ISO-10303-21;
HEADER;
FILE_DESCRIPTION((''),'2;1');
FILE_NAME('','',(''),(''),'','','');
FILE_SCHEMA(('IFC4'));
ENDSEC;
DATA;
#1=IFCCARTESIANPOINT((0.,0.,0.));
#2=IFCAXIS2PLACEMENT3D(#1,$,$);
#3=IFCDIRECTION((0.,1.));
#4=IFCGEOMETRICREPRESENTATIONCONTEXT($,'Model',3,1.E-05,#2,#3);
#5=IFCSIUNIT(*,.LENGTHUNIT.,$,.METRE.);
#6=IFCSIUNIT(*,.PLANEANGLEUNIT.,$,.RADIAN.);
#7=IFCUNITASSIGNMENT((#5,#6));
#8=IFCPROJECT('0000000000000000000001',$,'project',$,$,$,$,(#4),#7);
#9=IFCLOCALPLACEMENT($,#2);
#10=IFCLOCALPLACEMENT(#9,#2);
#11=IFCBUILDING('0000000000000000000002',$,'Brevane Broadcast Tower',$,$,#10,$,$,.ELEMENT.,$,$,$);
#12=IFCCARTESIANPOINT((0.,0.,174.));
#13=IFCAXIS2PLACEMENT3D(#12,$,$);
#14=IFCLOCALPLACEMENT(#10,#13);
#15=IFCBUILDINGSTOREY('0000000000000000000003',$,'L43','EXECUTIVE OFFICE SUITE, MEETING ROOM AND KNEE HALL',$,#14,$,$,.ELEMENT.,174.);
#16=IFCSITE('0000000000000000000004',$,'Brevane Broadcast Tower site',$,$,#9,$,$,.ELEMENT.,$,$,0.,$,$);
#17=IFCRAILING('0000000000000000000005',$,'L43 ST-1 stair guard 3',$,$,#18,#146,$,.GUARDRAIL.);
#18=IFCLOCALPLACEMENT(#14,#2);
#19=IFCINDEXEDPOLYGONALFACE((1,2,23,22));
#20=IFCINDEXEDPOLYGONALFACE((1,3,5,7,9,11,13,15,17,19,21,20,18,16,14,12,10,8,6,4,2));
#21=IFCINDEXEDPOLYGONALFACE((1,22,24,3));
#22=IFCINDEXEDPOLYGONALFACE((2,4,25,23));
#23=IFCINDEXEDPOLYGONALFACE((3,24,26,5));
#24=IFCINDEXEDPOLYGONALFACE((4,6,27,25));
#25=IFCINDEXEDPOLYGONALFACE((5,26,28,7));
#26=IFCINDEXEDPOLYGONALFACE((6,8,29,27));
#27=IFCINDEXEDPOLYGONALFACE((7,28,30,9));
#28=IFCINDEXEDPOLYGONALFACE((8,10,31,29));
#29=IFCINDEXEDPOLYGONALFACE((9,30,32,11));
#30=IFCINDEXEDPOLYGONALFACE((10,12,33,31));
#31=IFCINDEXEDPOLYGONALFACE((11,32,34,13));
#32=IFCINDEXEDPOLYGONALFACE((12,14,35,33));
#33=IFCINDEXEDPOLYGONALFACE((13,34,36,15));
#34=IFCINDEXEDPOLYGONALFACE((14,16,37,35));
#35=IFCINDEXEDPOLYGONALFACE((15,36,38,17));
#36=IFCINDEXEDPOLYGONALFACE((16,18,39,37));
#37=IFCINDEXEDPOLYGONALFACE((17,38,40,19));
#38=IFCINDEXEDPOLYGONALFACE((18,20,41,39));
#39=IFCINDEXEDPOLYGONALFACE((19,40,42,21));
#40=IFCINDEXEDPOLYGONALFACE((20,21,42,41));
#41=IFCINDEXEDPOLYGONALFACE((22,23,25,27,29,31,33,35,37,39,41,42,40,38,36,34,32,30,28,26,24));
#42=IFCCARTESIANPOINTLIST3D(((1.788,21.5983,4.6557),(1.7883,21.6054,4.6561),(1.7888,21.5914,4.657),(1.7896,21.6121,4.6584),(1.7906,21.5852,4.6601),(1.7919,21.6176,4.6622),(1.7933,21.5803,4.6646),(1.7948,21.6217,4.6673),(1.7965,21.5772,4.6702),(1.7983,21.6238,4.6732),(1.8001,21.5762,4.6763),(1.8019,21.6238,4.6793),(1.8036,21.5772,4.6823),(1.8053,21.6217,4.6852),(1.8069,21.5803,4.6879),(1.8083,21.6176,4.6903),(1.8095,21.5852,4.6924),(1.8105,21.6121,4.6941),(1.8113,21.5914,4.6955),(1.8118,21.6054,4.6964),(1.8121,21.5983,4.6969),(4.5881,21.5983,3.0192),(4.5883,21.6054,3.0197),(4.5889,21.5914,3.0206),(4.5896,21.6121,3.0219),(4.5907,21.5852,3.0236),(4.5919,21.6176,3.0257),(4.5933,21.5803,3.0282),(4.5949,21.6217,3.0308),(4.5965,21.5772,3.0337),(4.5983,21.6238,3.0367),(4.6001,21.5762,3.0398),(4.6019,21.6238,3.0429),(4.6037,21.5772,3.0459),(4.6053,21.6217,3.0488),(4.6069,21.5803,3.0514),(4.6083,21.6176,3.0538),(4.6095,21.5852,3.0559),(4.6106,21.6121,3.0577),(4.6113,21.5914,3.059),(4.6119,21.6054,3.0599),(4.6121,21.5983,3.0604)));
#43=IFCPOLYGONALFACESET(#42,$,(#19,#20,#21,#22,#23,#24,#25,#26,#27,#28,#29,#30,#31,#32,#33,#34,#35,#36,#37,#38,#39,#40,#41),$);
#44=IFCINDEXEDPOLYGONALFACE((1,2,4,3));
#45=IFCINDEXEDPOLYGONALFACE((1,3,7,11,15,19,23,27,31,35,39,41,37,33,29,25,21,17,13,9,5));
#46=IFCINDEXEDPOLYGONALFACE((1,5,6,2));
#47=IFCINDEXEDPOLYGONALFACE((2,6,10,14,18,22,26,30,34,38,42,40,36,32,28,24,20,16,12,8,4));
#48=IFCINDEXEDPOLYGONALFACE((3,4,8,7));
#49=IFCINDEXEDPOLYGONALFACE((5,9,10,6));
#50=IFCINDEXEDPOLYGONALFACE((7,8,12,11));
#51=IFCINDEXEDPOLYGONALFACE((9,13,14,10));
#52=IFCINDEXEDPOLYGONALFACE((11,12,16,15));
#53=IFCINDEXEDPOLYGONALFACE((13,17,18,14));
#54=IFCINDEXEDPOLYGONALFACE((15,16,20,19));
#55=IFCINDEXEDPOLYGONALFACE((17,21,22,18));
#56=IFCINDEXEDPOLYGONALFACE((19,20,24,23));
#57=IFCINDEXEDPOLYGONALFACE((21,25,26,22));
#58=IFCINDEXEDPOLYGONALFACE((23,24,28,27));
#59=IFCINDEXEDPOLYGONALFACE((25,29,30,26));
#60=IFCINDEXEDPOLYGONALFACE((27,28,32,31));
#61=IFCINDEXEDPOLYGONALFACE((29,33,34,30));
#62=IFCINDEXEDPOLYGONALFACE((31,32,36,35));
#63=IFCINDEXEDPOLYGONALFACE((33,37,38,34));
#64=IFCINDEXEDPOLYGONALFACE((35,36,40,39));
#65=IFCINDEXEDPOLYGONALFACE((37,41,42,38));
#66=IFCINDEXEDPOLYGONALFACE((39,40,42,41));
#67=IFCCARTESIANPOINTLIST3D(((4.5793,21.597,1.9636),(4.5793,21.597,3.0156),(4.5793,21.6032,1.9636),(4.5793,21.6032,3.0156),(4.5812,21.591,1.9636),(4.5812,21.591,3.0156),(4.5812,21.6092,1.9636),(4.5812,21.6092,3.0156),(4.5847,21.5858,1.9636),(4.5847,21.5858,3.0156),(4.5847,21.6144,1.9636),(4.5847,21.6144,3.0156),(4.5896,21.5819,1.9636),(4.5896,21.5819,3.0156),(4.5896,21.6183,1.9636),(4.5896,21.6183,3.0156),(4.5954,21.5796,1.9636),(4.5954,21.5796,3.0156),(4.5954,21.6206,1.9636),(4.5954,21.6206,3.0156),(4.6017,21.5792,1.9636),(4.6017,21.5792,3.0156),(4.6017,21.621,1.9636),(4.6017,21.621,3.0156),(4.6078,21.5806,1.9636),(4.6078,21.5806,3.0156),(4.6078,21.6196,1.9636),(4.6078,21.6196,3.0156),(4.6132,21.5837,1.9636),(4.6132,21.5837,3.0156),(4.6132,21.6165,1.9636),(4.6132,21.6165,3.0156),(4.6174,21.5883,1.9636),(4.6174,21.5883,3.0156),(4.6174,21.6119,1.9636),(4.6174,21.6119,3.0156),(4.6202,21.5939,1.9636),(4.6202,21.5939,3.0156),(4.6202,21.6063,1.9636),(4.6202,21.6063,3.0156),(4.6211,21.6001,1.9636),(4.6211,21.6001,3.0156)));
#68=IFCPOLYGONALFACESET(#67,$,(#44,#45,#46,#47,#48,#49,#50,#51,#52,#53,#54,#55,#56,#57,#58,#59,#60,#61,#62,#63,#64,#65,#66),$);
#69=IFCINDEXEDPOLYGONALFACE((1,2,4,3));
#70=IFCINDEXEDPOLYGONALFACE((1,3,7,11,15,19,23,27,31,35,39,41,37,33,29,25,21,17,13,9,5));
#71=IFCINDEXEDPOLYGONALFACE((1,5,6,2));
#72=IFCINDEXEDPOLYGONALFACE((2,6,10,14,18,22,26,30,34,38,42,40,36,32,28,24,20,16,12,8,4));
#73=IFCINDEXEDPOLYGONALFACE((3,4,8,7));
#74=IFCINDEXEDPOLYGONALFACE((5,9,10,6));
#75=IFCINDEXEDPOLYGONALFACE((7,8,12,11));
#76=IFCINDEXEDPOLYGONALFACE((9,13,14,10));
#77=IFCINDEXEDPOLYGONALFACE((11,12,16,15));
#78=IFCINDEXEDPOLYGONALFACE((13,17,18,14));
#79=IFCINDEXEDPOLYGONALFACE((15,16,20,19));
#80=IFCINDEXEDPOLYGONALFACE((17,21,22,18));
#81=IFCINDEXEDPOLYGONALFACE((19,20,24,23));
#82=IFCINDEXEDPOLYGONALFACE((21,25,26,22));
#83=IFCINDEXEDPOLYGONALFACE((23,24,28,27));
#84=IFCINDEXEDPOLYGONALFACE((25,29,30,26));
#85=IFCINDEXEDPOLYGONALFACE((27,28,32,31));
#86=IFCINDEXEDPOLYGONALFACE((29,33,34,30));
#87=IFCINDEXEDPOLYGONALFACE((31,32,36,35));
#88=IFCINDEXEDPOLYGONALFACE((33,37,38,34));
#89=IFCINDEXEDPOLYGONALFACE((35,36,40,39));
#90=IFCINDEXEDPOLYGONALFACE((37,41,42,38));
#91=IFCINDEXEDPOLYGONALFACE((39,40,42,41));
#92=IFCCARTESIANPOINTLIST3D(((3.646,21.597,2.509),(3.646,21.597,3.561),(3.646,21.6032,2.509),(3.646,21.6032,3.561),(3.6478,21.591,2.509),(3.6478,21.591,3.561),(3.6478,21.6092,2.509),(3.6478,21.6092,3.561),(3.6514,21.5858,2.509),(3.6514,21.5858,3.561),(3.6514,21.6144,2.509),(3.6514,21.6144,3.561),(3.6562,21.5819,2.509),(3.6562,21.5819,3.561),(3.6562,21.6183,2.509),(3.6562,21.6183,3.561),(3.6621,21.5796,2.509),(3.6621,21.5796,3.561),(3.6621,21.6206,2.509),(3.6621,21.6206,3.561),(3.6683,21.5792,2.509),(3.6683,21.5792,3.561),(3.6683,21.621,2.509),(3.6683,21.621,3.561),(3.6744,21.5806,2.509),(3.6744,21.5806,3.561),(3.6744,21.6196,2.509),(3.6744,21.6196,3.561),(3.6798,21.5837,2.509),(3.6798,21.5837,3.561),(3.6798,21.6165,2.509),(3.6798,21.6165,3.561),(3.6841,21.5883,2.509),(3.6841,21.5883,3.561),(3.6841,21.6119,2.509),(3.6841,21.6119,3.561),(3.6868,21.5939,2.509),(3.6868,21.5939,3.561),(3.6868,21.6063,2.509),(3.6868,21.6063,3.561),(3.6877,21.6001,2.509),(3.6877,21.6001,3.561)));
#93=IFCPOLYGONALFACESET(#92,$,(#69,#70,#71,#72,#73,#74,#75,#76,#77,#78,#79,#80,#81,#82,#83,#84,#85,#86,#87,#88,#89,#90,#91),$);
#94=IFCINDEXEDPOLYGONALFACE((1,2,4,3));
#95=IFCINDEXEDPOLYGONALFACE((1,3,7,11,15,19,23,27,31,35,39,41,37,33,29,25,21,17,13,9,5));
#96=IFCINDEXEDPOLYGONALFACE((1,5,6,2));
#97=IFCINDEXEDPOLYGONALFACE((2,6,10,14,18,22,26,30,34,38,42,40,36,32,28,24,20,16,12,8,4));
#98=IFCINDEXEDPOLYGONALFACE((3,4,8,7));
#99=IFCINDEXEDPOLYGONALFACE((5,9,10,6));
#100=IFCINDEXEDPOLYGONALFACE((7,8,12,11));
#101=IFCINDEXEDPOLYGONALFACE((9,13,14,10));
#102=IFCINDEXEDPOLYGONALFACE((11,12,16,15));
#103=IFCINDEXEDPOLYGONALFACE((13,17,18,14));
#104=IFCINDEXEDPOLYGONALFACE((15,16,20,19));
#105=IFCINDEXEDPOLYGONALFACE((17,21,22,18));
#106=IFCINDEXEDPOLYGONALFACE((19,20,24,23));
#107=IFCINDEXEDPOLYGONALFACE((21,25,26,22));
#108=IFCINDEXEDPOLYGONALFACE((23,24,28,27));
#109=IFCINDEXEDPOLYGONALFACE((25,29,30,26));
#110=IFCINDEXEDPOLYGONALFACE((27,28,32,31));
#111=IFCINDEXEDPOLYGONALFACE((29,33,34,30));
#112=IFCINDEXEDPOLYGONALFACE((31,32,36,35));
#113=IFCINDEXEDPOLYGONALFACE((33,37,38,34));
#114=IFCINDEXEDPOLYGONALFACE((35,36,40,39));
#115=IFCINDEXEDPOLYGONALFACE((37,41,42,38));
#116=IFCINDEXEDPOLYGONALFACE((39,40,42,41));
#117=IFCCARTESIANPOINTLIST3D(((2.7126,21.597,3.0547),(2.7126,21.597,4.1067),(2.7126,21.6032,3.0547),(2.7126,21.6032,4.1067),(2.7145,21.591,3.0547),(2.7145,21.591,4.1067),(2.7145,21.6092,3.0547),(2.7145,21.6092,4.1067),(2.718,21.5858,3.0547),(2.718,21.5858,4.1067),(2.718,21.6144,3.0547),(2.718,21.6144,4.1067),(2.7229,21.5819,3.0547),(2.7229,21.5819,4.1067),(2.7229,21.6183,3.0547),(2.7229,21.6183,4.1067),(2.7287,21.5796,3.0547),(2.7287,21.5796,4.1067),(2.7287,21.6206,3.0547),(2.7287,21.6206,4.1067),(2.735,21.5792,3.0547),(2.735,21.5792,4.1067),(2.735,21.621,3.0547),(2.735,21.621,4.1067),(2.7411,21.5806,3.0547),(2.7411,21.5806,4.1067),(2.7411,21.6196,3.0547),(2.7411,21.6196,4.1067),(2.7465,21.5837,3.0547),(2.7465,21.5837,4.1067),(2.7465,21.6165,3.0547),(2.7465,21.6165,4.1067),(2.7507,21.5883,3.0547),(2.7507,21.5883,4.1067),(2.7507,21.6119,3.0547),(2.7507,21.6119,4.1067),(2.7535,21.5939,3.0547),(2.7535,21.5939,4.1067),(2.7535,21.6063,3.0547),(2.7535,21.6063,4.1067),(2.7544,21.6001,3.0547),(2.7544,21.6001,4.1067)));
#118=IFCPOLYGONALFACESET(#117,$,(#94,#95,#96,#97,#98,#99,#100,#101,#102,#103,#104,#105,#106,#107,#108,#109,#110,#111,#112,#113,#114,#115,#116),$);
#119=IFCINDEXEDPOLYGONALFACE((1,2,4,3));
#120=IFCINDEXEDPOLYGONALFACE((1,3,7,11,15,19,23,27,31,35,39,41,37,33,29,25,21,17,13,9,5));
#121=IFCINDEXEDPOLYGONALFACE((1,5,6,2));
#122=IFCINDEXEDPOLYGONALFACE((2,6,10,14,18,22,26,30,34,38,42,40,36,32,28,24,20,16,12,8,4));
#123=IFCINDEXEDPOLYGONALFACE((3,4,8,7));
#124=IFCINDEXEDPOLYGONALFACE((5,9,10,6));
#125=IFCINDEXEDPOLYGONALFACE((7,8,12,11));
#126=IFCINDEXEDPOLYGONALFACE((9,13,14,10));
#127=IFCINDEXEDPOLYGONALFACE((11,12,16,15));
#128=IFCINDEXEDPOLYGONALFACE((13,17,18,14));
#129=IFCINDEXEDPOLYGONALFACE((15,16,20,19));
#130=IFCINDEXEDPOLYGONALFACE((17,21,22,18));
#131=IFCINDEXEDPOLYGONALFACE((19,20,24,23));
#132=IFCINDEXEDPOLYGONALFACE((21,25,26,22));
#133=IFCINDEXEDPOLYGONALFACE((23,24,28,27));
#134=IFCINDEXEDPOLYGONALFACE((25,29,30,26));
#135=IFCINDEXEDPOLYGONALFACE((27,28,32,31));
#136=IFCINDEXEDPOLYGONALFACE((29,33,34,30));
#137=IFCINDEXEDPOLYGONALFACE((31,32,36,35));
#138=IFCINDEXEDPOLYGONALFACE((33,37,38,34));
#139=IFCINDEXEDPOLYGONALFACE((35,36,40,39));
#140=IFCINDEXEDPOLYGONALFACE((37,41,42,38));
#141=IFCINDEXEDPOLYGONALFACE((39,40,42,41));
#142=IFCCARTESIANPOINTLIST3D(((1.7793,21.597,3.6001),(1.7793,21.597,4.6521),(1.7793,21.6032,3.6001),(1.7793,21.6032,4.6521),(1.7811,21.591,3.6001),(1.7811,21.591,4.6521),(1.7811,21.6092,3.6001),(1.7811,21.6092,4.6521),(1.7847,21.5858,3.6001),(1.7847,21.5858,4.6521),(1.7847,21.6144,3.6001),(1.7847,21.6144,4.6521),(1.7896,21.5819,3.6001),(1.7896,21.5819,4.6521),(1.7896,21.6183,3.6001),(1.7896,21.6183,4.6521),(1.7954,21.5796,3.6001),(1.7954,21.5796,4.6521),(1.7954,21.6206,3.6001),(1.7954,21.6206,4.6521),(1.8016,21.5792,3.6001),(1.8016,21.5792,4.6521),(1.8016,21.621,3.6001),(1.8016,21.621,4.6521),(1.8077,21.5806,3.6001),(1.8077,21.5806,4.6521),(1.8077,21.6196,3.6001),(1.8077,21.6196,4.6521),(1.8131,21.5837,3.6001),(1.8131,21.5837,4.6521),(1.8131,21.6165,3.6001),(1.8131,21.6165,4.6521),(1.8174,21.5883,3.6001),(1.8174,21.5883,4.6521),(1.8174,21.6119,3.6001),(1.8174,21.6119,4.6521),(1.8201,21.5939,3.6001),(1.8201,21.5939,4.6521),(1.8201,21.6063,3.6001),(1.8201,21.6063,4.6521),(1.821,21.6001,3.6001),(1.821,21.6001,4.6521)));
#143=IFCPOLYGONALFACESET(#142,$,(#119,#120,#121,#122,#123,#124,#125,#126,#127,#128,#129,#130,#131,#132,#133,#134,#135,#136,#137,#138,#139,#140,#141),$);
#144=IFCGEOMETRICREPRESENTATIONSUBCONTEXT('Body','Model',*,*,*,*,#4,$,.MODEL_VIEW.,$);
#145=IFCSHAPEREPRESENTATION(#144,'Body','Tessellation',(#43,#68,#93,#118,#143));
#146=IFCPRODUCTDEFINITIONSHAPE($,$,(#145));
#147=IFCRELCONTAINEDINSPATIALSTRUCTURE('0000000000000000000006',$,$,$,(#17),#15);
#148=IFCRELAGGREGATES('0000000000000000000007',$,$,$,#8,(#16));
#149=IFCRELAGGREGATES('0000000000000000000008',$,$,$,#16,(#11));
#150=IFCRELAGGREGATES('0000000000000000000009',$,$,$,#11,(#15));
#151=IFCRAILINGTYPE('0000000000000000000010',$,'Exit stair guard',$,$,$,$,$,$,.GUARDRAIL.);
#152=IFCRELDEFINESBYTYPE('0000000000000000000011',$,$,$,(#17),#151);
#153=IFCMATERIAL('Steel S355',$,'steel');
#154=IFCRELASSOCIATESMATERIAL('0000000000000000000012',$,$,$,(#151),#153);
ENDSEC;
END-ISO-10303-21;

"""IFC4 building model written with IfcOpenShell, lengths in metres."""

from ifc_helpers import new_model, si_unit, direction, frame, origin, origin_2d, place, context, subcontext, project, spatial, circle, extrude, material, type_object, element, save


model = new_model("IFC4")

# Units and contexts
model_context = context("Model", 3, precision=1e-05, world=origin(), true_north=direction((0.0, 1.0)))
body_context = subcontext(model_context, "Body", "Model", "MODEL_VIEW")
ifc_project = project(units=[si_unit("LENGTHUNIT", "METRE"), si_unit("PLANEANGLEUNIT", "RADIAN")], contexts=[model_context])

# Site, building, storey
site_placement = place(None, origin())
site = spatial("IfcSite", under=ifc_project, at=site_placement, Name="Brevane Broadcast Tower site", CompositionType="ELEMENT", RefElevation=0.0)
building_placement = place(site_placement, origin())
building = spatial("IfcBuilding", under=site, at=building_placement, Name="Brevane Broadcast Tower", CompositionType="ELEMENT")
storey_placement = place(building_placement, frame((0.0, 0.0, 174.0)))
storey = spatial("IfcBuildingStorey", under=building, at=storey_placement, Name="L43", Description="EXECUTIVE OFFICE SUITE, MEETING ROOM AND KNEE HALL", CompositionType="ELEMENT", Elevation=174.0)

# Railing
ifc_material_1 = material(Name="Steel S355", Category="steel")
railing_type_1 = type_object("IfcRailingType", Name="Exit stair guard", PredefinedType="GUARDRAIL", material=ifc_material_1)
railing_1_placement = place(storey_placement, frame((4.6001, 21.6001, 1.9636)))
element("IfcRailing", 1, at=railing_1_placement, inside=storey, type_object=railing_type_1, Name="L43 ST-1 stair guard 3", PredefinedType="GUARDRAIL", context=body_context, shape_type="SweptSolid", body=[
    extrude(circle(Radius=0.0239, at=origin_2d()), frame((0.0, 0.0, 1.0762), z_axis=(-0.863361, 0.0, 0.504587), x_axis=(0.0, -1.0, 0.0)), (0.0, 0.0, 1.0), 3.2432),
    extrude(circle(Radius=0.021, at=origin_2d()), origin(), (0.0, 0.0, 1.0), 1.052),
    extrude(circle(Radius=0.021, at=origin_2d()), frame((-0.9333, 0.0, 0.5454)), (0.0, 0.0, 1.0), 1.052),
    extrude(circle(Radius=0.021, at=origin_2d()), frame((-1.8667, 0.0, 1.0911)), (0.0, 0.0, 1.0), 1.052),
    extrude(circle(Radius=0.021, at=origin_2d()), frame((-2.8, 0.0, 1.6365)), (0.0, 0.0, 1.0), 1.052),
])

save(model, "model.ifc")
